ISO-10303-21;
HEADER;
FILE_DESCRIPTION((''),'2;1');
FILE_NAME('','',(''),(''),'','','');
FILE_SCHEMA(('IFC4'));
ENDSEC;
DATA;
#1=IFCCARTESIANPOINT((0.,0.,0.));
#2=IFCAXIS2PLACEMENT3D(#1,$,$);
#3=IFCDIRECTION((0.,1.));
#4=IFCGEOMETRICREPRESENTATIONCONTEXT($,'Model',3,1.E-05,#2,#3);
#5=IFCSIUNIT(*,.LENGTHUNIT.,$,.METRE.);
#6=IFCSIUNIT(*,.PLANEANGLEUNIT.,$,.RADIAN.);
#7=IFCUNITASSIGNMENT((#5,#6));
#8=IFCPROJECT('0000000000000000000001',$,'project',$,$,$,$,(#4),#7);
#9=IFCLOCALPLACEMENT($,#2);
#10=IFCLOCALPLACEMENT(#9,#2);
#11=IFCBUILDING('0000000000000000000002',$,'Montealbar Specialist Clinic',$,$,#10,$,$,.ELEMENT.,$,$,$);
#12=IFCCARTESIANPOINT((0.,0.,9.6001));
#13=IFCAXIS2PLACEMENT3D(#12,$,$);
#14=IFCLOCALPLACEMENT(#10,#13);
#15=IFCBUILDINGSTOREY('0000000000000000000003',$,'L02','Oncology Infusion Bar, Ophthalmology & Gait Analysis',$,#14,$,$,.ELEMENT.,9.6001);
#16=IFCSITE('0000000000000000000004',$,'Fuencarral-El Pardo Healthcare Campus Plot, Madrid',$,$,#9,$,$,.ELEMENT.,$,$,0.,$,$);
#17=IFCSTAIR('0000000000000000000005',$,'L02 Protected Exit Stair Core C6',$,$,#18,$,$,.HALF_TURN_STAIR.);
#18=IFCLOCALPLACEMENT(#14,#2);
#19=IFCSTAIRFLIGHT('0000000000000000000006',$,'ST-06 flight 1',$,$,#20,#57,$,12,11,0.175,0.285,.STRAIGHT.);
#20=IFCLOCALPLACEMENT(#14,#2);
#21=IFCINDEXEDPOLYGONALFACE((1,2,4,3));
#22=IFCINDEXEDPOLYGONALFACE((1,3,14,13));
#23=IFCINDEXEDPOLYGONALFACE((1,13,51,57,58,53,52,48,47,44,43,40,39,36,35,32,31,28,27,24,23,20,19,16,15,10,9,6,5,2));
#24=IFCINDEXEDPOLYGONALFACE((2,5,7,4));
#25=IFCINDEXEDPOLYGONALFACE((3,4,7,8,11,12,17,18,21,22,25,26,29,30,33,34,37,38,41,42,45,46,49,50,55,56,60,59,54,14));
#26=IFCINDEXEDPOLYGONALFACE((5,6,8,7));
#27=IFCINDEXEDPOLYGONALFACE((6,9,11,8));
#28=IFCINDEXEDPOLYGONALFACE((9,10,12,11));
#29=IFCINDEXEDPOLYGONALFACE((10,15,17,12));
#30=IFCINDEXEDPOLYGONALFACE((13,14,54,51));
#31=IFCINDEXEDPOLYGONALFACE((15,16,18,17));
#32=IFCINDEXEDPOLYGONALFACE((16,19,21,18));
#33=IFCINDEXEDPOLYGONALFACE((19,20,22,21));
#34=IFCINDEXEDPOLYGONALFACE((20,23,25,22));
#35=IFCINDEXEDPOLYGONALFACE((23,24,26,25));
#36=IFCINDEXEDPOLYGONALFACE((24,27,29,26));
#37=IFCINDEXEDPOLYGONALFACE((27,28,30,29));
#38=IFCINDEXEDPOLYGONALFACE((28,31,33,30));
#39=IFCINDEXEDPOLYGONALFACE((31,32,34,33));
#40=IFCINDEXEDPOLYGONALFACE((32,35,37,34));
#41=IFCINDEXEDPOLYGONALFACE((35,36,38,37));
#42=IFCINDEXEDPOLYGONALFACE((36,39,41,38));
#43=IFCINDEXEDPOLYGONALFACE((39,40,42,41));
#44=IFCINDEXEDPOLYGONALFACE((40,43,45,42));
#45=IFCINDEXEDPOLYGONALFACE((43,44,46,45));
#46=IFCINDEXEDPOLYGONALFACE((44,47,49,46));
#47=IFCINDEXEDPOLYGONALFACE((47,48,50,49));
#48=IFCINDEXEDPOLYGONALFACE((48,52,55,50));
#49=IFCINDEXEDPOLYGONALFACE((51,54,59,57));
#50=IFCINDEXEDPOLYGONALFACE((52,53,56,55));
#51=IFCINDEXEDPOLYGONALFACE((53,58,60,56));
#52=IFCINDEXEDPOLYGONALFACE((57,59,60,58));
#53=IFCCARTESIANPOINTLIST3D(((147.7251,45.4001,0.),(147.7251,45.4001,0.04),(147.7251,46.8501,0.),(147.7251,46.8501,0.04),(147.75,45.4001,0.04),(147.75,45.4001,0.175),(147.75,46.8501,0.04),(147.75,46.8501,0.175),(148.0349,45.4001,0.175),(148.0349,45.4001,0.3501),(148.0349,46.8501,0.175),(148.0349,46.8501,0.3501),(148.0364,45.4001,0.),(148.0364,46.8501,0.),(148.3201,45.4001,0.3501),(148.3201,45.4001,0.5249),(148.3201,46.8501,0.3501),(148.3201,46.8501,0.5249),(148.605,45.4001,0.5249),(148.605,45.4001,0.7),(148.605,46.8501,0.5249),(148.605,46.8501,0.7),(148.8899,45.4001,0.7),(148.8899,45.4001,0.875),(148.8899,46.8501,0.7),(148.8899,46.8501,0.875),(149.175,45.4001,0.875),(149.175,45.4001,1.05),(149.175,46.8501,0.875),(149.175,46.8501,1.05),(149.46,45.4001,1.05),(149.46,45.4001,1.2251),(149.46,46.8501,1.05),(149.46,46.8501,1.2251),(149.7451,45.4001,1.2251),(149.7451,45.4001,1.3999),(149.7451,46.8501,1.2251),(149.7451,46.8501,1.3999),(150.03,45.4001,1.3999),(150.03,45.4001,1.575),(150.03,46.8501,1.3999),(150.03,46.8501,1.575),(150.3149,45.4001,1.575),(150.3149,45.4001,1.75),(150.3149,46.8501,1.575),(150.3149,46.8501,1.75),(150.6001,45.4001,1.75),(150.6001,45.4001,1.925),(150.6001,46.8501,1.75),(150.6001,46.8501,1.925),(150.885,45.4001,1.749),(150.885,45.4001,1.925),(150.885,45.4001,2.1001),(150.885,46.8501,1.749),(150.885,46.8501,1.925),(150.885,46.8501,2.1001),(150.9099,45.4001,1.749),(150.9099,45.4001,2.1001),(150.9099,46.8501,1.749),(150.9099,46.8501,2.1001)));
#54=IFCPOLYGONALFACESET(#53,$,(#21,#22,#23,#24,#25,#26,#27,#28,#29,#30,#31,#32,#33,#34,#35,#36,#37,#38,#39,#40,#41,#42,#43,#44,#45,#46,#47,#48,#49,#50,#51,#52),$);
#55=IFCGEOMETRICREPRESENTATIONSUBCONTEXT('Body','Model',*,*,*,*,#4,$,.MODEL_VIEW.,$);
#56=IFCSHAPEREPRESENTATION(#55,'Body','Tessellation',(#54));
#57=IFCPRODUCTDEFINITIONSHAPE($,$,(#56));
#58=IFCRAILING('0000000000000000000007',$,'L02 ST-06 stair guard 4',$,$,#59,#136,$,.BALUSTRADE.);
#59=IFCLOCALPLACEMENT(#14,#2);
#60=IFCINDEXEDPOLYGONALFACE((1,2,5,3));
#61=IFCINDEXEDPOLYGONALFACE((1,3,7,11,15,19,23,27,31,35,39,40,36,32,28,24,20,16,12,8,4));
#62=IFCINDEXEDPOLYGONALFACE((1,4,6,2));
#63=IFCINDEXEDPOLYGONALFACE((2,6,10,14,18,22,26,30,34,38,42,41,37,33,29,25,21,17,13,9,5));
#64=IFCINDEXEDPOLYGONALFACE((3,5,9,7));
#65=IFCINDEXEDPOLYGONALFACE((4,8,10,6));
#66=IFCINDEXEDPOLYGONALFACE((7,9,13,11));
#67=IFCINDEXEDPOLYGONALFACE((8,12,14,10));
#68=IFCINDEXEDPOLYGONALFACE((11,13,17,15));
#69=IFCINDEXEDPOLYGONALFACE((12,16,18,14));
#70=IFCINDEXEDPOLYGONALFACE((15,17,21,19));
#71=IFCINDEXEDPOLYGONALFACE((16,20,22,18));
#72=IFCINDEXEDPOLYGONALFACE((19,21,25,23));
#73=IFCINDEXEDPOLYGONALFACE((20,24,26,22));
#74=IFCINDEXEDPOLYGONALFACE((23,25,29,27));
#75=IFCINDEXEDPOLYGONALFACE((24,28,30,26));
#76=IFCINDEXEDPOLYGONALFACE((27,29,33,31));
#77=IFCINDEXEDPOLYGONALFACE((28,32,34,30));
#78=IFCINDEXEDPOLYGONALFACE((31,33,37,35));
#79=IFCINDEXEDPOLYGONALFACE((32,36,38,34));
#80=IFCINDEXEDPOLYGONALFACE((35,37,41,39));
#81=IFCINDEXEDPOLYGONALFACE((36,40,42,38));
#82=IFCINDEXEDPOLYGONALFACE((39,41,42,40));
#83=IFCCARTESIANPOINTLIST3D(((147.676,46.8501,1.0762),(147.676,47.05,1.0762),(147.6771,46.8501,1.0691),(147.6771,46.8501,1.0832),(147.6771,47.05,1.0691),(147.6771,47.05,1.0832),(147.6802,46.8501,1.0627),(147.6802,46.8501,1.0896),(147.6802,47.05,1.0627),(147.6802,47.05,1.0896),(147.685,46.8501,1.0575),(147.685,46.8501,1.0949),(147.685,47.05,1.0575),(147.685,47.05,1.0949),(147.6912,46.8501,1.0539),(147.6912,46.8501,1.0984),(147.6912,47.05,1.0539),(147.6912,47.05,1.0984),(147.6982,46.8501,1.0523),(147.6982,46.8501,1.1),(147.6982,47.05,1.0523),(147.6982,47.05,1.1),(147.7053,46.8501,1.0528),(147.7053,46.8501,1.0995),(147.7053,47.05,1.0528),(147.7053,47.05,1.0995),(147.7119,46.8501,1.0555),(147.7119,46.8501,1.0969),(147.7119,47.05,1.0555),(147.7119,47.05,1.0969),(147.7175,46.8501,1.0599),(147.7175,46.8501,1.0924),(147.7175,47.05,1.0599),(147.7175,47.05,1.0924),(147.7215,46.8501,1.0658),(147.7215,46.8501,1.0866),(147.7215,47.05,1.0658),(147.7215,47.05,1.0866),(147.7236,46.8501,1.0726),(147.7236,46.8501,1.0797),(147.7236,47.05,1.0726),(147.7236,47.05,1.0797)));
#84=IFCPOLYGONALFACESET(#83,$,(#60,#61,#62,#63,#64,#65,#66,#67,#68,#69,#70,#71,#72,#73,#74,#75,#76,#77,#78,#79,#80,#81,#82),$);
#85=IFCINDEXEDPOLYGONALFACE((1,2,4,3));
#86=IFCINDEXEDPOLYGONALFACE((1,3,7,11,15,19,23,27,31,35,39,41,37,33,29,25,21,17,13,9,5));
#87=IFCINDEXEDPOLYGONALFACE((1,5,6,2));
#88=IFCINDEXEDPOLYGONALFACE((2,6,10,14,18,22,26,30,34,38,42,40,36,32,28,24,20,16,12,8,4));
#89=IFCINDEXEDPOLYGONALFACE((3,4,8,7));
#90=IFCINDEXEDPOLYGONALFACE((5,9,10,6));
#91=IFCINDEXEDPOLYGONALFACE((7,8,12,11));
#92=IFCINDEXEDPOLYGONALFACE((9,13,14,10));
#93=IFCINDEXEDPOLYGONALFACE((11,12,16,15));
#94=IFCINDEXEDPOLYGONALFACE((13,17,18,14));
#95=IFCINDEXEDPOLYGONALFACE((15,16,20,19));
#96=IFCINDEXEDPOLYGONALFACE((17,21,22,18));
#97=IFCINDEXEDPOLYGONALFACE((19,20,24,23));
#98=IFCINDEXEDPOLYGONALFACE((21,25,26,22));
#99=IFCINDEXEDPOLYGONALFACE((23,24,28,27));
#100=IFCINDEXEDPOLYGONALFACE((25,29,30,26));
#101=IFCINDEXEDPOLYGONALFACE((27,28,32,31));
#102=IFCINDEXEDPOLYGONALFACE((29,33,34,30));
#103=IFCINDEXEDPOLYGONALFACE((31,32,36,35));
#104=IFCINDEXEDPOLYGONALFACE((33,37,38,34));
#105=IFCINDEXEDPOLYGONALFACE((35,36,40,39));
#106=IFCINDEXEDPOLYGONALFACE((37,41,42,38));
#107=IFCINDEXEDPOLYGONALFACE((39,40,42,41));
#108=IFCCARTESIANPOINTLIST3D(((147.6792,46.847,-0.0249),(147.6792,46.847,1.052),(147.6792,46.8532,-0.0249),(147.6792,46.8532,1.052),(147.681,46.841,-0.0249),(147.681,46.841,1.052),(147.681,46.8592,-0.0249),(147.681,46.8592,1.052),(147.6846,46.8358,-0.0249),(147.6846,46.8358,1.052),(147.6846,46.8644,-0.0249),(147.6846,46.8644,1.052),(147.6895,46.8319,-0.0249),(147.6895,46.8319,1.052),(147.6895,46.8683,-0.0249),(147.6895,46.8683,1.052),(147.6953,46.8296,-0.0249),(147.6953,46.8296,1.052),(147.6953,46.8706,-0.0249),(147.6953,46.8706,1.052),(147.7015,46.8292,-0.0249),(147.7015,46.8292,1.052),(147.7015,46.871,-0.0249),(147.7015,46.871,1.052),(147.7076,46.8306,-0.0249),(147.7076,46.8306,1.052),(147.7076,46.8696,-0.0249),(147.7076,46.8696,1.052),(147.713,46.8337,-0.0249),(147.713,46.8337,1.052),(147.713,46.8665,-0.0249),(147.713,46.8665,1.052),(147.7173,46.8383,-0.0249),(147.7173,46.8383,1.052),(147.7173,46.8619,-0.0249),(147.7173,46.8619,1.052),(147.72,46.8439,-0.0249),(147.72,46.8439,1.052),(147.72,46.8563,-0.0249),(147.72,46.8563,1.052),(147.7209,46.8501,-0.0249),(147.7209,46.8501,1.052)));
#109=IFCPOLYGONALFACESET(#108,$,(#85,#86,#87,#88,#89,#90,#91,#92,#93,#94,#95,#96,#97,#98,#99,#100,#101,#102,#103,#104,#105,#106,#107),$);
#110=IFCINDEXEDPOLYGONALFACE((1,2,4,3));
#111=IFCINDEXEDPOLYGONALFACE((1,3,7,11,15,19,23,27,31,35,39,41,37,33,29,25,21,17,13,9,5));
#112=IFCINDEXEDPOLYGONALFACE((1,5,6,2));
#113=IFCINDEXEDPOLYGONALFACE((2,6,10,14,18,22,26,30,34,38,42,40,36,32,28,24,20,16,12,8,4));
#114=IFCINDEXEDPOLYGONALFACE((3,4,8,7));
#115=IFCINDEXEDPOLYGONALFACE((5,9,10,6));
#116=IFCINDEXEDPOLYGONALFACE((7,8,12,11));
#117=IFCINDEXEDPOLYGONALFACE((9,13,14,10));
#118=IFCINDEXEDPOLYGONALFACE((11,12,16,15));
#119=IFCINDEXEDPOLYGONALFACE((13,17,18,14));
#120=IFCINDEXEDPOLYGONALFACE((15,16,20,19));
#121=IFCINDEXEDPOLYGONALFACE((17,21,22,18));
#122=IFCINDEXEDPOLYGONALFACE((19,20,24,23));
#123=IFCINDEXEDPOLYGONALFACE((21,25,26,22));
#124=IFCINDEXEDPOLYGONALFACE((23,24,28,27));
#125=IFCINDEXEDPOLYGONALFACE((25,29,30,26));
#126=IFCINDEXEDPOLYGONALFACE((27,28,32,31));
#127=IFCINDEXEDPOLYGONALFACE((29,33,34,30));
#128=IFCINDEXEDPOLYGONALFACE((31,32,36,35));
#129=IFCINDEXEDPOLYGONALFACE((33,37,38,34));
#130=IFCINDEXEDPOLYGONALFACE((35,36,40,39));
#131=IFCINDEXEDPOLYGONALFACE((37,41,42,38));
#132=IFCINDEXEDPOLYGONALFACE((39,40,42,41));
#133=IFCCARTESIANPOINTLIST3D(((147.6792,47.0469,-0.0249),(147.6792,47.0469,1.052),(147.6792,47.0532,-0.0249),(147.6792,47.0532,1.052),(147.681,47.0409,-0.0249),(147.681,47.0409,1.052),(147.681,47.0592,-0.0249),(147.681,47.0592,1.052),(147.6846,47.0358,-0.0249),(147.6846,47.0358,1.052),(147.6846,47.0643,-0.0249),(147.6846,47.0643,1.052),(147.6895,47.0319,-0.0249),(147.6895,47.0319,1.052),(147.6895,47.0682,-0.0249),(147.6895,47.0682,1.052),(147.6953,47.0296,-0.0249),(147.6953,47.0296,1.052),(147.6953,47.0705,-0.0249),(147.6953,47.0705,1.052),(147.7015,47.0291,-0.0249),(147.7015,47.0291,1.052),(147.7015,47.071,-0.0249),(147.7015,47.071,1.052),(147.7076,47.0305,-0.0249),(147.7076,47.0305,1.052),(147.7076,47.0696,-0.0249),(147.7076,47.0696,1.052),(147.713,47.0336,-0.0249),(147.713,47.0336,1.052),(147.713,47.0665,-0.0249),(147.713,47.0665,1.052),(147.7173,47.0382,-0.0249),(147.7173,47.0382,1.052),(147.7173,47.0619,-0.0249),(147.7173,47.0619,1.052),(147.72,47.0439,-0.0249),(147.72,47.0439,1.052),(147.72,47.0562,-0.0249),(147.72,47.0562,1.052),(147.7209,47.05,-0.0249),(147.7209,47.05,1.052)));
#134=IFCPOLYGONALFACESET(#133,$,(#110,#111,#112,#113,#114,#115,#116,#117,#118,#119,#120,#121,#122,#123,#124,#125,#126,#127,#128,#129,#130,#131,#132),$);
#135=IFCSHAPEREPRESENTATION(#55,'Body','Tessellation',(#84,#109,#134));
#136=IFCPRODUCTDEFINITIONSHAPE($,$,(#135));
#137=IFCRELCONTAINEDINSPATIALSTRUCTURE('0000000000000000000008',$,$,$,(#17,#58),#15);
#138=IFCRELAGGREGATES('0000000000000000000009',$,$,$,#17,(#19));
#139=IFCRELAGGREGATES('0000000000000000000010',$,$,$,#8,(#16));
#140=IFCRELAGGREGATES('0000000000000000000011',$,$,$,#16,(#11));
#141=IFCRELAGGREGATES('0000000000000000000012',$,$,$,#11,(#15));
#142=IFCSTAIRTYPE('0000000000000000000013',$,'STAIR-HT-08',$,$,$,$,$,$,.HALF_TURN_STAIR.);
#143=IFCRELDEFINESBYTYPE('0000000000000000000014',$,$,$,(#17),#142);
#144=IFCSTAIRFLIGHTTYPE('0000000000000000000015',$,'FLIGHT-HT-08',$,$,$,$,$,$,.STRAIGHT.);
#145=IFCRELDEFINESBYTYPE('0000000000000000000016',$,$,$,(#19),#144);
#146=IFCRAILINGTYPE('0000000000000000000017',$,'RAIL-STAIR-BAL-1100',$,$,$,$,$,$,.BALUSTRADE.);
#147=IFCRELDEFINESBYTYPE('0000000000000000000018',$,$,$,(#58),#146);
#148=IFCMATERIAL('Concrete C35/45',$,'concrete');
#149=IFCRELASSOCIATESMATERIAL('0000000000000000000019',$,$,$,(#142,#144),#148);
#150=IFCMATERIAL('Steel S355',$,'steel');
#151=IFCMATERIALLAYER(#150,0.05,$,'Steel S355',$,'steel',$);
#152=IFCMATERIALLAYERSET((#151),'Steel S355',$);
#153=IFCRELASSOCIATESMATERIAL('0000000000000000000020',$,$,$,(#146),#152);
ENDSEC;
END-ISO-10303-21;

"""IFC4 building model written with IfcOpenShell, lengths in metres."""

from ifc_helpers import new_model, si_unit, direction, frame, origin, origin_2d, place, context, subcontext, project, spatial, polyline, circle, outline, extrude, material, layer, layer_set, type_object, element, aggregate, save


model = new_model("IFC4")

# Units and contexts
model_context = context("Model", 3, precision=1e-05, world=origin(), true_north=direction((0.0, 1.0)))
body_context = subcontext(model_context, "Body", "Model", "MODEL_VIEW")
ifc_project = project(units=[si_unit("LENGTHUNIT", "METRE"), si_unit("PLANEANGLEUNIT", "RADIAN")], contexts=[model_context])

# Site, building, storey
site_placement = place(None, origin())
site = spatial("IfcSite", under=ifc_project, at=site_placement, Name="Fuencarral-El Pardo Healthcare Campus Plot, Madrid", CompositionType="ELEMENT", RefElevation=0.0)
building_placement = place(site_placement, origin())
building = spatial("IfcBuilding", under=site, at=building_placement, Name="Montealbar Specialist Clinic", CompositionType="ELEMENT")
storey_placement = place(building_placement, frame((0.0, 0.0, 9.6001)))
storey = spatial("IfcBuildingStorey", under=building, at=storey_placement, Name="L02", Description="Oncology Infusion Bar, Ophthalmology & Gait Analysis", CompositionType="ELEMENT", Elevation=9.6001)

# Shared definitions
ifc_material_1 = material(Name="Steel S355", Category="steel")

# Shared definitions
ifc_material_2 = material(Name="Concrete C35/45", Category="concrete")

# Stair, stair flight
stair_type = type_object("IfcStairType", Name="STAIR-HT-08", PredefinedType="HALF_TURN_STAIR", material=ifc_material_2)
stair_placement = place(storey_placement, origin())
stair = element("IfcStair", 1, at=stair_placement, inside=storey, type_object=stair_type, Name="L02 Protected Exit Stair Core C6", PredefinedType="HALF_TURN_STAIR")
stair_flight_type = type_object("IfcStairFlightType", Name="FLIGHT-HT-08", PredefinedType="STRAIGHT", material=ifc_material_2)
stair_flight_placement = place(storey_placement, frame((147.75, 46.125, 0.0), z_axis=(0.0, 0.0, 1.0), x_axis=(1.0, 0.0, 0.0)))
stair_flight = element("IfcStairFlight", 2, at=stair_flight_placement, type_object=stair_flight_type, Name="ST-06 flight 1", NumberOfRisers=12, NumberOfTreads=11, PredefinedType="STRAIGHT", RiserHeight=0.175, TreadLength=0.285, context=body_context, shape_type="SweptSolid", body=[
    extrude(outline(polyline([(-0.0249, 0.0), (-0.0249, 0.04), (0.0, 0.04), (0.0, 0.175), (0.2849, 0.175), (0.2849, 0.3501), (0.5701, 0.3501), (0.5701, 0.5249), (0.855, 0.5249), (0.855, 0.7), (1.1399, 0.7), (1.1399, 0.875), (1.425, 0.875), (1.425, 1.05), (1.71, 1.05), (1.71, 1.2251), (1.9951, 1.2251), (1.9951, 1.3999), (2.28, 1.3999), (2.28, 1.575), (2.5649, 1.575), (2.5649, 1.75), (2.8501, 1.75), (2.8501, 1.925), (3.135, 1.925), (3.135, 2.1001), (3.1599, 2.1001), (3.1599, 1.749), (3.135, 1.749), (0.2864, 0.0), (-0.0249, 0.0)])), frame((0.0, 0.7251, 0.0), z_axis=(0.0, -1.0, 0.0), x_axis=(1.0, 0.0, 0.0)), (0.0, 0.0, 1.0), 1.45),
])
aggregate(stair, [stair_flight])

# Railing
ifc_layer_1 = layer(ifc_material_1, 0.05, Name="Steel S355", Category="steel")
ifc_layer_set_1 = layer_set([ifc_layer_1], Name="Steel S355")
railing_type_1 = type_object("IfcRailingType", Name="RAIL-STAIR-BAL-1100", PredefinedType="BALUSTRADE", material=ifc_layer_set_1)
railing_1_placement = place(storey_placement, frame((147.7, 46.8501, 0.0)))
element("IfcRailing", 3, at=railing_1_placement, inside=storey, type_object=railing_type_1, Name="L02 ST-06 stair guard 4", PredefinedType="BALUSTRADE", context=body_context, shape_type="SweptSolid", body=[
    extrude(circle(Radius=0.0239, at=origin_2d()), frame((0.0, 0.0, 1.0762), z_axis=(0.0, 1.0, 0.0), x_axis=(-1.0, 0.0, 0.0)), (0.0, 0.0, 1.0), 0.2),
    extrude(circle(Radius=0.021, at=origin_2d()), frame((0.0, 0.0, -0.0249)), (0.0, 0.0, 1.0), 1.0769),
    extrude(circle(Radius=0.021, at=origin_2d()), frame((0.0, 0.2, -0.0249)), (0.0, 0.0, 1.0), 1.0769),
])

save(model, "model.ifc")
